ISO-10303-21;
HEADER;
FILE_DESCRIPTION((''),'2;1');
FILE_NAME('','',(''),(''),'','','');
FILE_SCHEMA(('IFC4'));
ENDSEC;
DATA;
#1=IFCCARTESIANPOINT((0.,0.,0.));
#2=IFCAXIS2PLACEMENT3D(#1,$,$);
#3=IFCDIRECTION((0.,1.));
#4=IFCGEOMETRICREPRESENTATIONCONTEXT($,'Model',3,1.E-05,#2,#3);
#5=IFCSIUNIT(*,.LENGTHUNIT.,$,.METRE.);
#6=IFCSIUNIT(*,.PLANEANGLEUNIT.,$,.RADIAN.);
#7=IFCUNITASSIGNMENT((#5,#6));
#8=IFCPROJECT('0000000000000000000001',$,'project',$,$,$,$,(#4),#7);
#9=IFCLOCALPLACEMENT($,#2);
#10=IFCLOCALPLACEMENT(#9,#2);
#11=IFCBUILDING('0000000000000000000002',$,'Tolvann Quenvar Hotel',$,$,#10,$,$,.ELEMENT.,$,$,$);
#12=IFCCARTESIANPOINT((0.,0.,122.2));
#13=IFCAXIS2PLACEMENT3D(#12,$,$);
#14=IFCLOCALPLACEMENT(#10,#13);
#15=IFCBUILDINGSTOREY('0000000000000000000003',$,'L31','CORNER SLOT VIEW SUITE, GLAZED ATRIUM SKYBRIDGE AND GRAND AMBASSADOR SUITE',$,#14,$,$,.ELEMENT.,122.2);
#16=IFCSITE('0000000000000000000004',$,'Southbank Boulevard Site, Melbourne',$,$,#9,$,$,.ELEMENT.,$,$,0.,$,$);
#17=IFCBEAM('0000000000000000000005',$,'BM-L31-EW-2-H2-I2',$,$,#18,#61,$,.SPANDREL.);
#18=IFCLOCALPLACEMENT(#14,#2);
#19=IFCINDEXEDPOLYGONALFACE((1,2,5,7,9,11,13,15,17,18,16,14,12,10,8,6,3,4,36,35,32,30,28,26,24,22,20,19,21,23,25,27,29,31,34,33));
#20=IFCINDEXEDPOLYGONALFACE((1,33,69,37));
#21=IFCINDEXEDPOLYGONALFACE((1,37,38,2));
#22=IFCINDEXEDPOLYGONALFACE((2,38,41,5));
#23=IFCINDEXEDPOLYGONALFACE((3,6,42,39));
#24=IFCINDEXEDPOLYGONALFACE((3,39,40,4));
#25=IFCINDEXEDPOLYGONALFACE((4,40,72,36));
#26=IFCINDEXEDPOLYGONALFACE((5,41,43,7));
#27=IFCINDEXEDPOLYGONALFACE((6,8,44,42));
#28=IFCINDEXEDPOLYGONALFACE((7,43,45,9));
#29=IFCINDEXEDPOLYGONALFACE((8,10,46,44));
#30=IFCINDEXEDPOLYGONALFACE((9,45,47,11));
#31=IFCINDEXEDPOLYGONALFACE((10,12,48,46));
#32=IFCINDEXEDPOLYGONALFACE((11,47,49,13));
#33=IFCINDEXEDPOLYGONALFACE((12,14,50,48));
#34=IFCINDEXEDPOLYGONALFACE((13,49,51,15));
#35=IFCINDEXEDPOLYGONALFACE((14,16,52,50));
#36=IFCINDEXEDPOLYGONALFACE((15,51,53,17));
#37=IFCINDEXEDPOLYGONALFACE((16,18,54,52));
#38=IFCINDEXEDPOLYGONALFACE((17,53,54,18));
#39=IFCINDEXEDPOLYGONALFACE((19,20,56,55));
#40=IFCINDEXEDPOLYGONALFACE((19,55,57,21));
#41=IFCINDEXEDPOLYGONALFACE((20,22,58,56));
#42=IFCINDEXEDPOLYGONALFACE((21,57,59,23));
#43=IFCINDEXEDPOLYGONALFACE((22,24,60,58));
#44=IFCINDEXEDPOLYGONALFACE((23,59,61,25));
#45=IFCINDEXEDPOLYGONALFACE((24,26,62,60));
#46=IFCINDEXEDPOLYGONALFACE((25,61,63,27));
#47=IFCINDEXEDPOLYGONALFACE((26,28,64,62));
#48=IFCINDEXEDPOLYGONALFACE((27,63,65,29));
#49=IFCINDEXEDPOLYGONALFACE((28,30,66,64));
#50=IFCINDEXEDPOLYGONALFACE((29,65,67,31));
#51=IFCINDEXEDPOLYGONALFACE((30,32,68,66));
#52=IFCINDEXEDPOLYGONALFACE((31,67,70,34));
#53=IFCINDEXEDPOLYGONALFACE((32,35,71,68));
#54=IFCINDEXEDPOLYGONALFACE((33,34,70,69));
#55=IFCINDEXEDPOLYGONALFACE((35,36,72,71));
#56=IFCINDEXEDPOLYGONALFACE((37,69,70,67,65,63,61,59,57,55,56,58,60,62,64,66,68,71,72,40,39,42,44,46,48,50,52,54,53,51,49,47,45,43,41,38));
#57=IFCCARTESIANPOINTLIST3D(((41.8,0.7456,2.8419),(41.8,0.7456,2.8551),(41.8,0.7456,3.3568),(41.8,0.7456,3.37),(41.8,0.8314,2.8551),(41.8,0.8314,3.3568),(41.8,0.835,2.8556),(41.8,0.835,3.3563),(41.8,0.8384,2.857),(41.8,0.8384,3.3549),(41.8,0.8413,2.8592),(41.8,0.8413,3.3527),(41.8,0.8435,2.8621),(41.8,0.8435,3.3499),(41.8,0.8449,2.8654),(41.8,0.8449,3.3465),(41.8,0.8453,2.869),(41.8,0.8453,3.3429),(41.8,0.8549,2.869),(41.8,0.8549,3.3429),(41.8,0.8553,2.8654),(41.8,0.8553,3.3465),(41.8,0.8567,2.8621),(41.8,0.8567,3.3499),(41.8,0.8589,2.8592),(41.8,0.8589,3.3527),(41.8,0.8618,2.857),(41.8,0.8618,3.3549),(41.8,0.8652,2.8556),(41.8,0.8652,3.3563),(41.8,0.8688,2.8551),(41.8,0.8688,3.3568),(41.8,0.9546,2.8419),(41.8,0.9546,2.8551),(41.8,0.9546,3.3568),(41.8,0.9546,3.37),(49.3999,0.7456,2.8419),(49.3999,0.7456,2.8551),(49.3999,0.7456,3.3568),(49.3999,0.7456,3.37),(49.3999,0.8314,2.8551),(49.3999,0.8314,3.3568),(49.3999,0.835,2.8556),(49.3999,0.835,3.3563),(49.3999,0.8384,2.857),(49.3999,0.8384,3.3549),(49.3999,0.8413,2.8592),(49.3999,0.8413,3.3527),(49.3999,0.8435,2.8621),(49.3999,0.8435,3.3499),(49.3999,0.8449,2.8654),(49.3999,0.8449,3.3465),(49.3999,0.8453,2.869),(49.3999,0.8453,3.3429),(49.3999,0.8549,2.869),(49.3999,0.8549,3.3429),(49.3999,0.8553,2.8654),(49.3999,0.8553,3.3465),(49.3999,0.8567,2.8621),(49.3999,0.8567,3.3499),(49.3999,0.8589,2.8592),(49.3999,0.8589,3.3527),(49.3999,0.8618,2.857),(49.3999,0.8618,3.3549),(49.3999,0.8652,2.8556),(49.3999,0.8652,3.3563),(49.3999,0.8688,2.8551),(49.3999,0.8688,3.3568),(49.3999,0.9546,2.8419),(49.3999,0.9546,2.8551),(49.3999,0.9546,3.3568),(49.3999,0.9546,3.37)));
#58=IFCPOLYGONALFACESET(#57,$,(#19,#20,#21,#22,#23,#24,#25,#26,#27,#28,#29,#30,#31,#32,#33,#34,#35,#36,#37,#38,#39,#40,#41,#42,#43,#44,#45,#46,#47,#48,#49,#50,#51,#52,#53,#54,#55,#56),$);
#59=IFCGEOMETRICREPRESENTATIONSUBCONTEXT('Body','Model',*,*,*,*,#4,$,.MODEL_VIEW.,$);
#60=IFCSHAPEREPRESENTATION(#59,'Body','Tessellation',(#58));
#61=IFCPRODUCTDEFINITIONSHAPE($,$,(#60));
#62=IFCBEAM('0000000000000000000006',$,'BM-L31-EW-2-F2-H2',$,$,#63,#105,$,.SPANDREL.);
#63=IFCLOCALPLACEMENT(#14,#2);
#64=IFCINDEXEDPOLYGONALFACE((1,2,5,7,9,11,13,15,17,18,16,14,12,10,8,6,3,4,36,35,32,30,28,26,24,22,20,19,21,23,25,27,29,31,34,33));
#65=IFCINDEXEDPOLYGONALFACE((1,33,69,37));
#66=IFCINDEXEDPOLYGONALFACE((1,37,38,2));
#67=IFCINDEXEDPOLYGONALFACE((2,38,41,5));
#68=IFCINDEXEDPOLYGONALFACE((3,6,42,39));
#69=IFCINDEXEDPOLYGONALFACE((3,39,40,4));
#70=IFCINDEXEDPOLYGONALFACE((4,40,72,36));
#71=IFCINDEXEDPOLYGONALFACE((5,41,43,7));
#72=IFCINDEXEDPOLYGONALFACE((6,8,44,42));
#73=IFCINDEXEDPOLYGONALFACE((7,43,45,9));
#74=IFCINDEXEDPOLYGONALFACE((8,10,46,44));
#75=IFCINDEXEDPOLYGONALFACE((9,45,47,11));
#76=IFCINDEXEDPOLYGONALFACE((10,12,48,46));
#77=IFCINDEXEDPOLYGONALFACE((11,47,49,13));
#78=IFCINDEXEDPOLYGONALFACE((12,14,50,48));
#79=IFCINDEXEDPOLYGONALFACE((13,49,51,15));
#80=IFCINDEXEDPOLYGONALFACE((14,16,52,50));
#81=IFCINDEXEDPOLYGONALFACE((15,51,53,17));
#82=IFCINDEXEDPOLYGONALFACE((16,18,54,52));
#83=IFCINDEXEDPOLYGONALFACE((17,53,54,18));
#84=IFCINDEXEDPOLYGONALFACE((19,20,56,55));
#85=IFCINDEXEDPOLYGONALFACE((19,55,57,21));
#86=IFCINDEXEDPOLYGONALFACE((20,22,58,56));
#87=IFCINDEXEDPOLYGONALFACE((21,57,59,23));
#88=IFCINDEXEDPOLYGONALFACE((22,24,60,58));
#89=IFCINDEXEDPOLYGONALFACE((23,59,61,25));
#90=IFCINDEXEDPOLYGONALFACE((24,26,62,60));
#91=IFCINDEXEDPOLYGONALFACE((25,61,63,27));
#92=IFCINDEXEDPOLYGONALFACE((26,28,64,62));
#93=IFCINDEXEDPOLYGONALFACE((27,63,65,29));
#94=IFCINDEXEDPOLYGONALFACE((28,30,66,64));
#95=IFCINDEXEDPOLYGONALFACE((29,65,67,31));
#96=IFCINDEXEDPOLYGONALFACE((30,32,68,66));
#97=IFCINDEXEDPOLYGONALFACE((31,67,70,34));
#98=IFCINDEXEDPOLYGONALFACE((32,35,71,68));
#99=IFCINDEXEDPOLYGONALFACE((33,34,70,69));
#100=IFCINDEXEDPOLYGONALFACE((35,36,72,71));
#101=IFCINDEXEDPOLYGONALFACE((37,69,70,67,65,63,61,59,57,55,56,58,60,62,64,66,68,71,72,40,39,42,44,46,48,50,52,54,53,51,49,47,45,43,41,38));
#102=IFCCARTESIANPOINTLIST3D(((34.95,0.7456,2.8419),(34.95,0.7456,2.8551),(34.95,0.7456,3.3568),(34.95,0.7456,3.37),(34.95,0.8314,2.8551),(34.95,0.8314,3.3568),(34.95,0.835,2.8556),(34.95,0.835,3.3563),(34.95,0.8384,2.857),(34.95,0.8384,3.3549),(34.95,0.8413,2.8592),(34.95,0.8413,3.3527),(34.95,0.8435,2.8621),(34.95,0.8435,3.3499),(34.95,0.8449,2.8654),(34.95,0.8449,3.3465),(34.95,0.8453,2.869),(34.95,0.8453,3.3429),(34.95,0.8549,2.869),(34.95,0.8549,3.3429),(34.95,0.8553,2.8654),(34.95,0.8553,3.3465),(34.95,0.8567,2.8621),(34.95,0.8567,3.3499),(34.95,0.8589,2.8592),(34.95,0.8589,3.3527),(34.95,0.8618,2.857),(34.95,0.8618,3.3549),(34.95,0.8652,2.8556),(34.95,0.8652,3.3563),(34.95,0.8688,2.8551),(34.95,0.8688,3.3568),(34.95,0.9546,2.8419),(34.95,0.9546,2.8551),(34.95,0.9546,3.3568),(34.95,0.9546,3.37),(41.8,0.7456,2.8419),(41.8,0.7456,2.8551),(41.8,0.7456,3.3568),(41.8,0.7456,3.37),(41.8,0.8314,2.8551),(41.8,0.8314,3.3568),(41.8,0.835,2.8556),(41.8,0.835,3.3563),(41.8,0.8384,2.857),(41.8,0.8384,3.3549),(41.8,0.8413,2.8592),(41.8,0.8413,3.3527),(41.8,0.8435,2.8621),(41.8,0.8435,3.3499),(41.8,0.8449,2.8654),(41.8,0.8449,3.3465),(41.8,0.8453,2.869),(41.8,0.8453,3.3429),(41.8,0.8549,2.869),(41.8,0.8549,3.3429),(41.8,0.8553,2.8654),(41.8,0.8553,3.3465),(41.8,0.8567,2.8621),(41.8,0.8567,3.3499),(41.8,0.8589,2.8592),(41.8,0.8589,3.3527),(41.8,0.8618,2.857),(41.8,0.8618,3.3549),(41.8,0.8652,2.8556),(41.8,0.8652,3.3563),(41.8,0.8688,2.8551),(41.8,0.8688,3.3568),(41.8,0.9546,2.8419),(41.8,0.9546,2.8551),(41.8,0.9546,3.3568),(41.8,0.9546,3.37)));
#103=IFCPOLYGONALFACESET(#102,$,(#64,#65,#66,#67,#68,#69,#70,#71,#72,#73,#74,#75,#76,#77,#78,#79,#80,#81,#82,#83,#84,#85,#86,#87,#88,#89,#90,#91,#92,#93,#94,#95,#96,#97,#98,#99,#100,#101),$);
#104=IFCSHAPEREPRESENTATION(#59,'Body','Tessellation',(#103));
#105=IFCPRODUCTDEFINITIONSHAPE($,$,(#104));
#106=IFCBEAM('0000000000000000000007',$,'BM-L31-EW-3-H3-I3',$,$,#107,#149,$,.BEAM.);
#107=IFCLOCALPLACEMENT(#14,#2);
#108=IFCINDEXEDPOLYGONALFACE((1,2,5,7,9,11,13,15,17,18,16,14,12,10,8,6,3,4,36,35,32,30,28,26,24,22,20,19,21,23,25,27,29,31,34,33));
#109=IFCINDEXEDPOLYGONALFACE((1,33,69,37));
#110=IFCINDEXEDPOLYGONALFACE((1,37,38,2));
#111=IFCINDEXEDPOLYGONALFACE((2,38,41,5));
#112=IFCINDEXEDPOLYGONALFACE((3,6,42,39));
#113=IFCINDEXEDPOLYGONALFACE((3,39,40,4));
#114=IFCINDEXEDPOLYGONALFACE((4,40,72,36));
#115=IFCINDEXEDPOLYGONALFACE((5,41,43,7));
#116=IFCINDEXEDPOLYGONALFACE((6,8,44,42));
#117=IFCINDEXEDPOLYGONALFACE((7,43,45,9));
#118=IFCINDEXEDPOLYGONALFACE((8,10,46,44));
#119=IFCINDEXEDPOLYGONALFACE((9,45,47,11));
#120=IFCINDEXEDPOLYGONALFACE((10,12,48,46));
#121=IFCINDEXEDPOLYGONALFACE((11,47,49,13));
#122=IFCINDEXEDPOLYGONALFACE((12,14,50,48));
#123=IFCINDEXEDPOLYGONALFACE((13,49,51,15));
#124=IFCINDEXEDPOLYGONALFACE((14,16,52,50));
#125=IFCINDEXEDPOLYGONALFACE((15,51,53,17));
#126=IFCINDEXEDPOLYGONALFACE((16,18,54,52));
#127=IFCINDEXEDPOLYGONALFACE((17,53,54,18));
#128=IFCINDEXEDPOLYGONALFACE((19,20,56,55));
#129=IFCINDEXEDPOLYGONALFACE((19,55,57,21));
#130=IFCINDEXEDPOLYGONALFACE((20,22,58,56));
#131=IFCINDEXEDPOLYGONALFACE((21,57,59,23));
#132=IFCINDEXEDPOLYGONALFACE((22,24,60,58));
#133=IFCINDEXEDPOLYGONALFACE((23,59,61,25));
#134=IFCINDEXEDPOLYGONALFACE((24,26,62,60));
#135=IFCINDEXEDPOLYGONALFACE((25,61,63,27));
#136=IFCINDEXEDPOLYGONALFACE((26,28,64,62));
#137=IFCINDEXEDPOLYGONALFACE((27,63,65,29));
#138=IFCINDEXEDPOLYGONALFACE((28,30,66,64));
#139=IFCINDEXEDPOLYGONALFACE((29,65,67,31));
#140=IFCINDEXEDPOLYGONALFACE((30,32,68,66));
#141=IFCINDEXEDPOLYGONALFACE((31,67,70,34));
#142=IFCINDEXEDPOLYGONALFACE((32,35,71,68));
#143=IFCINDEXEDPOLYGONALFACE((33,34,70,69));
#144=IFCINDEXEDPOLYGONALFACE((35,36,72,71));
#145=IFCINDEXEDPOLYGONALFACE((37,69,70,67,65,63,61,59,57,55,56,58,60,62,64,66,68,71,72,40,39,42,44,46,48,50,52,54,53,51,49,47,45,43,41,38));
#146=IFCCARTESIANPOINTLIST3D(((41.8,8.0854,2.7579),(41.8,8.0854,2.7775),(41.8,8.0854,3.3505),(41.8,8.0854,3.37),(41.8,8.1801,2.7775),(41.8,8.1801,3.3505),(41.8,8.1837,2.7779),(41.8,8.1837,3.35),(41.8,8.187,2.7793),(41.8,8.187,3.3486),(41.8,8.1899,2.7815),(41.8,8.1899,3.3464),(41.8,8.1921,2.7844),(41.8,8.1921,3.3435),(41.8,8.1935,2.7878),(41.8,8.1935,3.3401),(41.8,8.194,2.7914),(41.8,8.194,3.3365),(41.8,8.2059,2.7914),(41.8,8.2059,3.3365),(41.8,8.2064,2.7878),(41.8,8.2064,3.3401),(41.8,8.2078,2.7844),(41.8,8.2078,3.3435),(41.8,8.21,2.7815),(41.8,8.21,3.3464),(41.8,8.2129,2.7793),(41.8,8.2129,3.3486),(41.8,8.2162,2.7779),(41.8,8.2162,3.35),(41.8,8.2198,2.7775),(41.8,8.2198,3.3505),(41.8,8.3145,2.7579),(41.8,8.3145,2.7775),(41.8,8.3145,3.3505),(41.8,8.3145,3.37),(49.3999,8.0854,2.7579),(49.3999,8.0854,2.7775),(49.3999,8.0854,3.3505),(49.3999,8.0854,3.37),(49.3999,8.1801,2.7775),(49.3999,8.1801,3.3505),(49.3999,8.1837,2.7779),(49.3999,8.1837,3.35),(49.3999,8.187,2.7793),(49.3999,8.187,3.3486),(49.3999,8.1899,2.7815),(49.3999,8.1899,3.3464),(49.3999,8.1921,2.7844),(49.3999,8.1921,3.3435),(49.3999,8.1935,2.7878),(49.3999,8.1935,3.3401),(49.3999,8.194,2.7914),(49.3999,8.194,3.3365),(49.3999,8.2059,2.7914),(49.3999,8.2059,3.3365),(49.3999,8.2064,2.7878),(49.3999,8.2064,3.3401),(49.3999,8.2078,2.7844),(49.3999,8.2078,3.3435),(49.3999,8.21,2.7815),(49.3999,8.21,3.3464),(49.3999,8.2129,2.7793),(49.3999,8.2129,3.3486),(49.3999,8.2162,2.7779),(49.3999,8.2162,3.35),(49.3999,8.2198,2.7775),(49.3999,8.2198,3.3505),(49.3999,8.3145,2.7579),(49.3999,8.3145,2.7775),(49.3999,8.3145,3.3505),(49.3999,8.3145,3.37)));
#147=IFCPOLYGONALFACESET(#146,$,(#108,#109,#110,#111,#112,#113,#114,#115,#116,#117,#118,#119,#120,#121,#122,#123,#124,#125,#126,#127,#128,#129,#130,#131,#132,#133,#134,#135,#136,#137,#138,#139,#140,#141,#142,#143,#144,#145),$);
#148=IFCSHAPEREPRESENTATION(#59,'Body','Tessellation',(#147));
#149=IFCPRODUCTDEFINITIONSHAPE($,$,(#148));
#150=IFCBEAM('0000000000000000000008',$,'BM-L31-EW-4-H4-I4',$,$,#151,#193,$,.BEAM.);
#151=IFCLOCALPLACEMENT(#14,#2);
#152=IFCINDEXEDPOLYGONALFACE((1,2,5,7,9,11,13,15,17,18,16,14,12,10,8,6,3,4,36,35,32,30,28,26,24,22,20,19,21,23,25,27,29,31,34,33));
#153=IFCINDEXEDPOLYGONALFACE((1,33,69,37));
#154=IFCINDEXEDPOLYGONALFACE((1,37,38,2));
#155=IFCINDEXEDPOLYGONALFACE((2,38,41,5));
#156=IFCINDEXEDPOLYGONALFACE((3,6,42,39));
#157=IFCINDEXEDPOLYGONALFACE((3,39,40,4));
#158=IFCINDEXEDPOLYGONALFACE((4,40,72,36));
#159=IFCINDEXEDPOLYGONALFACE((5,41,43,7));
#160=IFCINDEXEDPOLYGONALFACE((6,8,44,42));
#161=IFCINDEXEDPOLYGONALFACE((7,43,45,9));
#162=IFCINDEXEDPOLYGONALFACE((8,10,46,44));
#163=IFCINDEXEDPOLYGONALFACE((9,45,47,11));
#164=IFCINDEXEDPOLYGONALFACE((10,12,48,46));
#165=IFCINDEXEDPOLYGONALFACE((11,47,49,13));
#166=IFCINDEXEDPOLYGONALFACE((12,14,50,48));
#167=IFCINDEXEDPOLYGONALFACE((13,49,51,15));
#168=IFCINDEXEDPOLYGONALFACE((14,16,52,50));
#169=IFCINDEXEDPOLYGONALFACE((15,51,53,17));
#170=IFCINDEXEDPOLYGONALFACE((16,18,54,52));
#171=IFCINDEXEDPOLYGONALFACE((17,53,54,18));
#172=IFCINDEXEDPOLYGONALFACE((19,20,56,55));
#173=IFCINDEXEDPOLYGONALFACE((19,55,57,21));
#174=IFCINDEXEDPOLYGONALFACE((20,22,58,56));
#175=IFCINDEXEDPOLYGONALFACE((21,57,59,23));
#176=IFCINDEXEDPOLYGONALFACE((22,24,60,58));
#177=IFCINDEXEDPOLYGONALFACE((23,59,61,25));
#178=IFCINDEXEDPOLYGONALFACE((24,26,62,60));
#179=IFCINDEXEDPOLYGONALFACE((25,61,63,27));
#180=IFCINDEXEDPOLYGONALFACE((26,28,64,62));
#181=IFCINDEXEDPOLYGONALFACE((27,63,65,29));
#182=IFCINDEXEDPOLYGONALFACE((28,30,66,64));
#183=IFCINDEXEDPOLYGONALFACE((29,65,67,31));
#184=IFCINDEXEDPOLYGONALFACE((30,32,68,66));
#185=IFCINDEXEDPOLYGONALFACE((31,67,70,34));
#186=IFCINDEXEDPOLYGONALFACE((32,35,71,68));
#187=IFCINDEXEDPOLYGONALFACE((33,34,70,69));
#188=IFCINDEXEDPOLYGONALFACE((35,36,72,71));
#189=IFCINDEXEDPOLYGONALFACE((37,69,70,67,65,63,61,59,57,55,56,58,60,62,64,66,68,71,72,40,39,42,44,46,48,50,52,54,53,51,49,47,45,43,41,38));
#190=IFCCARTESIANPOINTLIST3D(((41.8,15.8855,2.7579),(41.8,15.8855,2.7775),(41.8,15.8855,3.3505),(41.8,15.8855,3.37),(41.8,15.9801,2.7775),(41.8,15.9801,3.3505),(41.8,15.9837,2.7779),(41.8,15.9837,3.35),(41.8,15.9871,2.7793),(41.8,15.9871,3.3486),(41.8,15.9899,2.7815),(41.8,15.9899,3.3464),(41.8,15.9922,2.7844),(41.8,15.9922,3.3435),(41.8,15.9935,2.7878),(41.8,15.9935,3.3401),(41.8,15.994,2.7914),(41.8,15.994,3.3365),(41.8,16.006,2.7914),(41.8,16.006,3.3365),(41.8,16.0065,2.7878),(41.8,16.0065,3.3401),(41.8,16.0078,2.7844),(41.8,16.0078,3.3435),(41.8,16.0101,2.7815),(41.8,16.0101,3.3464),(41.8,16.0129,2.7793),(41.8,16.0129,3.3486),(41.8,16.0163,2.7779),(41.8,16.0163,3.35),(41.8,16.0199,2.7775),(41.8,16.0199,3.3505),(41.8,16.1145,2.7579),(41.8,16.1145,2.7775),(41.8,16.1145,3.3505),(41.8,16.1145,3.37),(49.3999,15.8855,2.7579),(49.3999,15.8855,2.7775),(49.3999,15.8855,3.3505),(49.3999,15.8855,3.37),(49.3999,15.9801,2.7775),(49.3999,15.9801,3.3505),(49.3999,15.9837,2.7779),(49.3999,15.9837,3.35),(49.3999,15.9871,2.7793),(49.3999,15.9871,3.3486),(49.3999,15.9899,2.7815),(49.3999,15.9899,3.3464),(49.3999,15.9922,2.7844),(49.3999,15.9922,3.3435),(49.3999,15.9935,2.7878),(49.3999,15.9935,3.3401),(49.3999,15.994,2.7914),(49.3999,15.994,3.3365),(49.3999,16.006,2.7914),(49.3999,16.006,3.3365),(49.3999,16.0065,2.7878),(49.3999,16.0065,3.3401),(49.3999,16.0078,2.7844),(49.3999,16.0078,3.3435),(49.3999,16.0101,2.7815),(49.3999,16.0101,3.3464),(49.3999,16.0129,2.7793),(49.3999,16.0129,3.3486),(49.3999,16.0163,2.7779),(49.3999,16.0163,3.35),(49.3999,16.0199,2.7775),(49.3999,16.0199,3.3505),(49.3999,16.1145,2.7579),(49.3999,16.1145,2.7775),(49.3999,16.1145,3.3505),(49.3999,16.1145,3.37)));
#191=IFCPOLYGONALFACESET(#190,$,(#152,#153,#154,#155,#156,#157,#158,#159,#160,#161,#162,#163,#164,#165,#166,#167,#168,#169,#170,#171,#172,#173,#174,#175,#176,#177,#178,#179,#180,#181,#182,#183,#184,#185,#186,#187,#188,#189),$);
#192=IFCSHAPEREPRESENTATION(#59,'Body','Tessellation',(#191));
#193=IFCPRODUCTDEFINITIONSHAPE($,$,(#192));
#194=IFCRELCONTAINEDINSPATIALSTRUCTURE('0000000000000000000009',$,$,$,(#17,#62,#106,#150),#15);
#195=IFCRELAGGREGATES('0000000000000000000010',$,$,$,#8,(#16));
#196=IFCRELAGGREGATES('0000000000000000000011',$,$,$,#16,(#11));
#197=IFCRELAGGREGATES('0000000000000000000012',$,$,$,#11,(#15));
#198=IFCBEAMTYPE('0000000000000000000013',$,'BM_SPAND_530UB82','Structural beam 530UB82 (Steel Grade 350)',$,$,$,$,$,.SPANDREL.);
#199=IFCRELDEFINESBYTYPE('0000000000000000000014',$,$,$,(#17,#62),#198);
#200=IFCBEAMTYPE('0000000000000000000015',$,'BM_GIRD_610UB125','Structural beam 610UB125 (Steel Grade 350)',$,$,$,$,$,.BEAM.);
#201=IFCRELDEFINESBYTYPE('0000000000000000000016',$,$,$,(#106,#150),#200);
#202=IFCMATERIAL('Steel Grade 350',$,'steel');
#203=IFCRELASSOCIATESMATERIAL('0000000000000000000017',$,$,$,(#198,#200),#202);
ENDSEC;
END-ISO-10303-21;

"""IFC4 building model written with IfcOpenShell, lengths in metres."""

from ifc_helpers import new_model, si_unit, direction, frame, origin, origin_2d, place, context, subcontext, project, spatial, i_section, extrude, source, transform, mapped, material, material_profile, profile_set, type_object, element, save


model = new_model("IFC4")

# Units and contexts
model_context = context("Model", 3, precision=1e-05, world=origin(), true_north=direction((0.0, 1.0)))
body_context = subcontext(model_context, "Body", "Model", "MODEL_VIEW")
ifc_project = project(units=[si_unit("LENGTHUNIT", "METRE"), si_unit("PLANEANGLEUNIT", "RADIAN")], contexts=[model_context])

# Site, building, storey
site_placement = place(None, origin())
site = spatial("IfcSite", under=ifc_project, at=site_placement, Name="Southbank Boulevard Site, Melbourne", CompositionType="ELEMENT", RefElevation=0.0)
building_placement = place(site_placement, origin())
building = spatial("IfcBuilding", under=site, at=building_placement, Name="Tolvann Quenvar Hotel", CompositionType="ELEMENT")
storey_placement = place(building_placement, frame((0.0, 0.0, 122.2)))
storey = spatial("IfcBuildingStorey", under=building, at=storey_placement, Name="L31", Description="CORNER SLOT VIEW SUITE, GLAZED ATRIUM SKYBRIDGE AND GRAND AMBASSADOR SUITE", CompositionType="ELEMENT", Elevation=122.2)

# Shared definitions
ifc_material_1 = material(Name="Steel Grade 350", Category="steel")

# Beams
ifc_material_profile_1 = material_profile(ifc_material_1, i_section(OverallWidth=0.209, OverallDepth=0.5281, WebThickness=0.0095, FlangeThickness=0.0132, FilletRadius=0.0139, at=origin_2d()), Name="530UB82")
ifc_profile_set_1 = profile_set([ifc_material_profile_1], Name="Steel Grade 350")
beam_type_1 = type_object("IfcBeamType", Name="BM_SPAND_530UB82", Description="Structural beam 530UB82 (Steel Grade 350)", PredefinedType="SPANDREL", material=ifc_profile_set_1)
shared_shape_1 = source(origin(), body_context, "Body", "SweptSolid", [
    extrude(i_section(OverallWidth=0.209, OverallDepth=0.5281, WebThickness=0.0095, FlangeThickness=0.0132, FilletRadius=0.0139, at=origin_2d()), origin(), (0.0, 0.0, 1.0), 7.5999),
])
beam_1_placement = place(storey_placement, frame((41.8, 0.8501, 3.106), z_axis=(1.0, 0.0, 0.0), x_axis=(0.0, 1.0, 0.0)))
element("IfcBeam", 1, at=beam_1_placement, inside=storey, type_object=beam_type_1, Name="BM-L31-EW-2-H2-I2", PredefinedType="SPANDREL", context=body_context, shape_type="MappedRepresentation", body=[
    mapped(shared_shape_1, transform((0.0, 0.0, 0.0), x_axis=(1.0, 0.0, 0.0), y_axis=(0.0, 1.0, 0.0), z_axis=(0.0, 0.0, 1.0), scale=1.0)),
])
shared_shape_2 = source(origin(), body_context, "Body", "SweptSolid", [
    extrude(i_section(OverallWidth=0.209, OverallDepth=0.5281, WebThickness=0.0095, FlangeThickness=0.0132, FilletRadius=0.0139, at=origin_2d()), origin(), (0.0, 0.0, 1.0), 6.8501),
])
beam_2_placement = place(storey_placement, frame((34.95, 0.8501, 3.106), z_axis=(1.0, 0.0, 0.0), x_axis=(0.0, 1.0, 0.0)))
element("IfcBeam", 2, at=beam_2_placement, inside=storey, type_object=beam_type_1, Name="BM-L31-EW-2-F2-H2", PredefinedType="SPANDREL", context=body_context, shape_type="MappedRepresentation", body=[
    mapped(shared_shape_2, transform((0.0, 0.0, 0.0), x_axis=(1.0, 0.0, 0.0), y_axis=(0.0, 1.0, 0.0), z_axis=(0.0, 0.0, 1.0), scale=1.0)),
])
ifc_material_profile_2 = material_profile(ifc_material_1, i_section(OverallWidth=0.229, OverallDepth=0.6121, WebThickness=0.012, FlangeThickness=0.0195, FilletRadius=0.0139, at=origin_2d()), Name="610UB125")
ifc_profile_set_2 = profile_set([ifc_material_profile_2], Name="Steel Grade 350")
beam_type_2 = type_object("IfcBeamType", Name="BM_GIRD_610UB125", Description="Structural beam 610UB125 (Steel Grade 350)", PredefinedType="BEAM", material=ifc_profile_set_2)
shared_shape_3 = source(origin(), body_context, "Body", "SweptSolid", [
    extrude(i_section(OverallWidth=0.229, OverallDepth=0.6121, WebThickness=0.012, FlangeThickness=0.0195, FilletRadius=0.0139, at=origin_2d()), origin(), (0.0, 0.0, 1.0), 7.5999),
])
for number, where, z_axis, x_axis, name in (
    (3, (41.8, 8.2, 3.064), (1.0, 0.0, 0.0), (0.0, 1.0, 0.0), "BM-L31-EW-3-H3-I3"),
    (4, (41.8, 16.0, 3.064), (1.0, 0.0, 0.0), (0.0, 1.0, 0.0), "BM-L31-EW-4-H4-I4"),
):
    element("IfcBeam", number, at=place(storey_placement, frame(where, z_axis=z_axis, x_axis=x_axis)), inside=storey, type_object=beam_type_2, Name=name, PredefinedType="BEAM", context=body_context, shape_type="MappedRepresentation", body=[
        mapped(shared_shape_3, transform((0.0, 0.0, 0.0), x_axis=(1.0, 0.0, 0.0), y_axis=(0.0, 1.0, 0.0), z_axis=(0.0, 0.0, 1.0), scale=1.0)),
    ])

save(model, "model.ifc")
